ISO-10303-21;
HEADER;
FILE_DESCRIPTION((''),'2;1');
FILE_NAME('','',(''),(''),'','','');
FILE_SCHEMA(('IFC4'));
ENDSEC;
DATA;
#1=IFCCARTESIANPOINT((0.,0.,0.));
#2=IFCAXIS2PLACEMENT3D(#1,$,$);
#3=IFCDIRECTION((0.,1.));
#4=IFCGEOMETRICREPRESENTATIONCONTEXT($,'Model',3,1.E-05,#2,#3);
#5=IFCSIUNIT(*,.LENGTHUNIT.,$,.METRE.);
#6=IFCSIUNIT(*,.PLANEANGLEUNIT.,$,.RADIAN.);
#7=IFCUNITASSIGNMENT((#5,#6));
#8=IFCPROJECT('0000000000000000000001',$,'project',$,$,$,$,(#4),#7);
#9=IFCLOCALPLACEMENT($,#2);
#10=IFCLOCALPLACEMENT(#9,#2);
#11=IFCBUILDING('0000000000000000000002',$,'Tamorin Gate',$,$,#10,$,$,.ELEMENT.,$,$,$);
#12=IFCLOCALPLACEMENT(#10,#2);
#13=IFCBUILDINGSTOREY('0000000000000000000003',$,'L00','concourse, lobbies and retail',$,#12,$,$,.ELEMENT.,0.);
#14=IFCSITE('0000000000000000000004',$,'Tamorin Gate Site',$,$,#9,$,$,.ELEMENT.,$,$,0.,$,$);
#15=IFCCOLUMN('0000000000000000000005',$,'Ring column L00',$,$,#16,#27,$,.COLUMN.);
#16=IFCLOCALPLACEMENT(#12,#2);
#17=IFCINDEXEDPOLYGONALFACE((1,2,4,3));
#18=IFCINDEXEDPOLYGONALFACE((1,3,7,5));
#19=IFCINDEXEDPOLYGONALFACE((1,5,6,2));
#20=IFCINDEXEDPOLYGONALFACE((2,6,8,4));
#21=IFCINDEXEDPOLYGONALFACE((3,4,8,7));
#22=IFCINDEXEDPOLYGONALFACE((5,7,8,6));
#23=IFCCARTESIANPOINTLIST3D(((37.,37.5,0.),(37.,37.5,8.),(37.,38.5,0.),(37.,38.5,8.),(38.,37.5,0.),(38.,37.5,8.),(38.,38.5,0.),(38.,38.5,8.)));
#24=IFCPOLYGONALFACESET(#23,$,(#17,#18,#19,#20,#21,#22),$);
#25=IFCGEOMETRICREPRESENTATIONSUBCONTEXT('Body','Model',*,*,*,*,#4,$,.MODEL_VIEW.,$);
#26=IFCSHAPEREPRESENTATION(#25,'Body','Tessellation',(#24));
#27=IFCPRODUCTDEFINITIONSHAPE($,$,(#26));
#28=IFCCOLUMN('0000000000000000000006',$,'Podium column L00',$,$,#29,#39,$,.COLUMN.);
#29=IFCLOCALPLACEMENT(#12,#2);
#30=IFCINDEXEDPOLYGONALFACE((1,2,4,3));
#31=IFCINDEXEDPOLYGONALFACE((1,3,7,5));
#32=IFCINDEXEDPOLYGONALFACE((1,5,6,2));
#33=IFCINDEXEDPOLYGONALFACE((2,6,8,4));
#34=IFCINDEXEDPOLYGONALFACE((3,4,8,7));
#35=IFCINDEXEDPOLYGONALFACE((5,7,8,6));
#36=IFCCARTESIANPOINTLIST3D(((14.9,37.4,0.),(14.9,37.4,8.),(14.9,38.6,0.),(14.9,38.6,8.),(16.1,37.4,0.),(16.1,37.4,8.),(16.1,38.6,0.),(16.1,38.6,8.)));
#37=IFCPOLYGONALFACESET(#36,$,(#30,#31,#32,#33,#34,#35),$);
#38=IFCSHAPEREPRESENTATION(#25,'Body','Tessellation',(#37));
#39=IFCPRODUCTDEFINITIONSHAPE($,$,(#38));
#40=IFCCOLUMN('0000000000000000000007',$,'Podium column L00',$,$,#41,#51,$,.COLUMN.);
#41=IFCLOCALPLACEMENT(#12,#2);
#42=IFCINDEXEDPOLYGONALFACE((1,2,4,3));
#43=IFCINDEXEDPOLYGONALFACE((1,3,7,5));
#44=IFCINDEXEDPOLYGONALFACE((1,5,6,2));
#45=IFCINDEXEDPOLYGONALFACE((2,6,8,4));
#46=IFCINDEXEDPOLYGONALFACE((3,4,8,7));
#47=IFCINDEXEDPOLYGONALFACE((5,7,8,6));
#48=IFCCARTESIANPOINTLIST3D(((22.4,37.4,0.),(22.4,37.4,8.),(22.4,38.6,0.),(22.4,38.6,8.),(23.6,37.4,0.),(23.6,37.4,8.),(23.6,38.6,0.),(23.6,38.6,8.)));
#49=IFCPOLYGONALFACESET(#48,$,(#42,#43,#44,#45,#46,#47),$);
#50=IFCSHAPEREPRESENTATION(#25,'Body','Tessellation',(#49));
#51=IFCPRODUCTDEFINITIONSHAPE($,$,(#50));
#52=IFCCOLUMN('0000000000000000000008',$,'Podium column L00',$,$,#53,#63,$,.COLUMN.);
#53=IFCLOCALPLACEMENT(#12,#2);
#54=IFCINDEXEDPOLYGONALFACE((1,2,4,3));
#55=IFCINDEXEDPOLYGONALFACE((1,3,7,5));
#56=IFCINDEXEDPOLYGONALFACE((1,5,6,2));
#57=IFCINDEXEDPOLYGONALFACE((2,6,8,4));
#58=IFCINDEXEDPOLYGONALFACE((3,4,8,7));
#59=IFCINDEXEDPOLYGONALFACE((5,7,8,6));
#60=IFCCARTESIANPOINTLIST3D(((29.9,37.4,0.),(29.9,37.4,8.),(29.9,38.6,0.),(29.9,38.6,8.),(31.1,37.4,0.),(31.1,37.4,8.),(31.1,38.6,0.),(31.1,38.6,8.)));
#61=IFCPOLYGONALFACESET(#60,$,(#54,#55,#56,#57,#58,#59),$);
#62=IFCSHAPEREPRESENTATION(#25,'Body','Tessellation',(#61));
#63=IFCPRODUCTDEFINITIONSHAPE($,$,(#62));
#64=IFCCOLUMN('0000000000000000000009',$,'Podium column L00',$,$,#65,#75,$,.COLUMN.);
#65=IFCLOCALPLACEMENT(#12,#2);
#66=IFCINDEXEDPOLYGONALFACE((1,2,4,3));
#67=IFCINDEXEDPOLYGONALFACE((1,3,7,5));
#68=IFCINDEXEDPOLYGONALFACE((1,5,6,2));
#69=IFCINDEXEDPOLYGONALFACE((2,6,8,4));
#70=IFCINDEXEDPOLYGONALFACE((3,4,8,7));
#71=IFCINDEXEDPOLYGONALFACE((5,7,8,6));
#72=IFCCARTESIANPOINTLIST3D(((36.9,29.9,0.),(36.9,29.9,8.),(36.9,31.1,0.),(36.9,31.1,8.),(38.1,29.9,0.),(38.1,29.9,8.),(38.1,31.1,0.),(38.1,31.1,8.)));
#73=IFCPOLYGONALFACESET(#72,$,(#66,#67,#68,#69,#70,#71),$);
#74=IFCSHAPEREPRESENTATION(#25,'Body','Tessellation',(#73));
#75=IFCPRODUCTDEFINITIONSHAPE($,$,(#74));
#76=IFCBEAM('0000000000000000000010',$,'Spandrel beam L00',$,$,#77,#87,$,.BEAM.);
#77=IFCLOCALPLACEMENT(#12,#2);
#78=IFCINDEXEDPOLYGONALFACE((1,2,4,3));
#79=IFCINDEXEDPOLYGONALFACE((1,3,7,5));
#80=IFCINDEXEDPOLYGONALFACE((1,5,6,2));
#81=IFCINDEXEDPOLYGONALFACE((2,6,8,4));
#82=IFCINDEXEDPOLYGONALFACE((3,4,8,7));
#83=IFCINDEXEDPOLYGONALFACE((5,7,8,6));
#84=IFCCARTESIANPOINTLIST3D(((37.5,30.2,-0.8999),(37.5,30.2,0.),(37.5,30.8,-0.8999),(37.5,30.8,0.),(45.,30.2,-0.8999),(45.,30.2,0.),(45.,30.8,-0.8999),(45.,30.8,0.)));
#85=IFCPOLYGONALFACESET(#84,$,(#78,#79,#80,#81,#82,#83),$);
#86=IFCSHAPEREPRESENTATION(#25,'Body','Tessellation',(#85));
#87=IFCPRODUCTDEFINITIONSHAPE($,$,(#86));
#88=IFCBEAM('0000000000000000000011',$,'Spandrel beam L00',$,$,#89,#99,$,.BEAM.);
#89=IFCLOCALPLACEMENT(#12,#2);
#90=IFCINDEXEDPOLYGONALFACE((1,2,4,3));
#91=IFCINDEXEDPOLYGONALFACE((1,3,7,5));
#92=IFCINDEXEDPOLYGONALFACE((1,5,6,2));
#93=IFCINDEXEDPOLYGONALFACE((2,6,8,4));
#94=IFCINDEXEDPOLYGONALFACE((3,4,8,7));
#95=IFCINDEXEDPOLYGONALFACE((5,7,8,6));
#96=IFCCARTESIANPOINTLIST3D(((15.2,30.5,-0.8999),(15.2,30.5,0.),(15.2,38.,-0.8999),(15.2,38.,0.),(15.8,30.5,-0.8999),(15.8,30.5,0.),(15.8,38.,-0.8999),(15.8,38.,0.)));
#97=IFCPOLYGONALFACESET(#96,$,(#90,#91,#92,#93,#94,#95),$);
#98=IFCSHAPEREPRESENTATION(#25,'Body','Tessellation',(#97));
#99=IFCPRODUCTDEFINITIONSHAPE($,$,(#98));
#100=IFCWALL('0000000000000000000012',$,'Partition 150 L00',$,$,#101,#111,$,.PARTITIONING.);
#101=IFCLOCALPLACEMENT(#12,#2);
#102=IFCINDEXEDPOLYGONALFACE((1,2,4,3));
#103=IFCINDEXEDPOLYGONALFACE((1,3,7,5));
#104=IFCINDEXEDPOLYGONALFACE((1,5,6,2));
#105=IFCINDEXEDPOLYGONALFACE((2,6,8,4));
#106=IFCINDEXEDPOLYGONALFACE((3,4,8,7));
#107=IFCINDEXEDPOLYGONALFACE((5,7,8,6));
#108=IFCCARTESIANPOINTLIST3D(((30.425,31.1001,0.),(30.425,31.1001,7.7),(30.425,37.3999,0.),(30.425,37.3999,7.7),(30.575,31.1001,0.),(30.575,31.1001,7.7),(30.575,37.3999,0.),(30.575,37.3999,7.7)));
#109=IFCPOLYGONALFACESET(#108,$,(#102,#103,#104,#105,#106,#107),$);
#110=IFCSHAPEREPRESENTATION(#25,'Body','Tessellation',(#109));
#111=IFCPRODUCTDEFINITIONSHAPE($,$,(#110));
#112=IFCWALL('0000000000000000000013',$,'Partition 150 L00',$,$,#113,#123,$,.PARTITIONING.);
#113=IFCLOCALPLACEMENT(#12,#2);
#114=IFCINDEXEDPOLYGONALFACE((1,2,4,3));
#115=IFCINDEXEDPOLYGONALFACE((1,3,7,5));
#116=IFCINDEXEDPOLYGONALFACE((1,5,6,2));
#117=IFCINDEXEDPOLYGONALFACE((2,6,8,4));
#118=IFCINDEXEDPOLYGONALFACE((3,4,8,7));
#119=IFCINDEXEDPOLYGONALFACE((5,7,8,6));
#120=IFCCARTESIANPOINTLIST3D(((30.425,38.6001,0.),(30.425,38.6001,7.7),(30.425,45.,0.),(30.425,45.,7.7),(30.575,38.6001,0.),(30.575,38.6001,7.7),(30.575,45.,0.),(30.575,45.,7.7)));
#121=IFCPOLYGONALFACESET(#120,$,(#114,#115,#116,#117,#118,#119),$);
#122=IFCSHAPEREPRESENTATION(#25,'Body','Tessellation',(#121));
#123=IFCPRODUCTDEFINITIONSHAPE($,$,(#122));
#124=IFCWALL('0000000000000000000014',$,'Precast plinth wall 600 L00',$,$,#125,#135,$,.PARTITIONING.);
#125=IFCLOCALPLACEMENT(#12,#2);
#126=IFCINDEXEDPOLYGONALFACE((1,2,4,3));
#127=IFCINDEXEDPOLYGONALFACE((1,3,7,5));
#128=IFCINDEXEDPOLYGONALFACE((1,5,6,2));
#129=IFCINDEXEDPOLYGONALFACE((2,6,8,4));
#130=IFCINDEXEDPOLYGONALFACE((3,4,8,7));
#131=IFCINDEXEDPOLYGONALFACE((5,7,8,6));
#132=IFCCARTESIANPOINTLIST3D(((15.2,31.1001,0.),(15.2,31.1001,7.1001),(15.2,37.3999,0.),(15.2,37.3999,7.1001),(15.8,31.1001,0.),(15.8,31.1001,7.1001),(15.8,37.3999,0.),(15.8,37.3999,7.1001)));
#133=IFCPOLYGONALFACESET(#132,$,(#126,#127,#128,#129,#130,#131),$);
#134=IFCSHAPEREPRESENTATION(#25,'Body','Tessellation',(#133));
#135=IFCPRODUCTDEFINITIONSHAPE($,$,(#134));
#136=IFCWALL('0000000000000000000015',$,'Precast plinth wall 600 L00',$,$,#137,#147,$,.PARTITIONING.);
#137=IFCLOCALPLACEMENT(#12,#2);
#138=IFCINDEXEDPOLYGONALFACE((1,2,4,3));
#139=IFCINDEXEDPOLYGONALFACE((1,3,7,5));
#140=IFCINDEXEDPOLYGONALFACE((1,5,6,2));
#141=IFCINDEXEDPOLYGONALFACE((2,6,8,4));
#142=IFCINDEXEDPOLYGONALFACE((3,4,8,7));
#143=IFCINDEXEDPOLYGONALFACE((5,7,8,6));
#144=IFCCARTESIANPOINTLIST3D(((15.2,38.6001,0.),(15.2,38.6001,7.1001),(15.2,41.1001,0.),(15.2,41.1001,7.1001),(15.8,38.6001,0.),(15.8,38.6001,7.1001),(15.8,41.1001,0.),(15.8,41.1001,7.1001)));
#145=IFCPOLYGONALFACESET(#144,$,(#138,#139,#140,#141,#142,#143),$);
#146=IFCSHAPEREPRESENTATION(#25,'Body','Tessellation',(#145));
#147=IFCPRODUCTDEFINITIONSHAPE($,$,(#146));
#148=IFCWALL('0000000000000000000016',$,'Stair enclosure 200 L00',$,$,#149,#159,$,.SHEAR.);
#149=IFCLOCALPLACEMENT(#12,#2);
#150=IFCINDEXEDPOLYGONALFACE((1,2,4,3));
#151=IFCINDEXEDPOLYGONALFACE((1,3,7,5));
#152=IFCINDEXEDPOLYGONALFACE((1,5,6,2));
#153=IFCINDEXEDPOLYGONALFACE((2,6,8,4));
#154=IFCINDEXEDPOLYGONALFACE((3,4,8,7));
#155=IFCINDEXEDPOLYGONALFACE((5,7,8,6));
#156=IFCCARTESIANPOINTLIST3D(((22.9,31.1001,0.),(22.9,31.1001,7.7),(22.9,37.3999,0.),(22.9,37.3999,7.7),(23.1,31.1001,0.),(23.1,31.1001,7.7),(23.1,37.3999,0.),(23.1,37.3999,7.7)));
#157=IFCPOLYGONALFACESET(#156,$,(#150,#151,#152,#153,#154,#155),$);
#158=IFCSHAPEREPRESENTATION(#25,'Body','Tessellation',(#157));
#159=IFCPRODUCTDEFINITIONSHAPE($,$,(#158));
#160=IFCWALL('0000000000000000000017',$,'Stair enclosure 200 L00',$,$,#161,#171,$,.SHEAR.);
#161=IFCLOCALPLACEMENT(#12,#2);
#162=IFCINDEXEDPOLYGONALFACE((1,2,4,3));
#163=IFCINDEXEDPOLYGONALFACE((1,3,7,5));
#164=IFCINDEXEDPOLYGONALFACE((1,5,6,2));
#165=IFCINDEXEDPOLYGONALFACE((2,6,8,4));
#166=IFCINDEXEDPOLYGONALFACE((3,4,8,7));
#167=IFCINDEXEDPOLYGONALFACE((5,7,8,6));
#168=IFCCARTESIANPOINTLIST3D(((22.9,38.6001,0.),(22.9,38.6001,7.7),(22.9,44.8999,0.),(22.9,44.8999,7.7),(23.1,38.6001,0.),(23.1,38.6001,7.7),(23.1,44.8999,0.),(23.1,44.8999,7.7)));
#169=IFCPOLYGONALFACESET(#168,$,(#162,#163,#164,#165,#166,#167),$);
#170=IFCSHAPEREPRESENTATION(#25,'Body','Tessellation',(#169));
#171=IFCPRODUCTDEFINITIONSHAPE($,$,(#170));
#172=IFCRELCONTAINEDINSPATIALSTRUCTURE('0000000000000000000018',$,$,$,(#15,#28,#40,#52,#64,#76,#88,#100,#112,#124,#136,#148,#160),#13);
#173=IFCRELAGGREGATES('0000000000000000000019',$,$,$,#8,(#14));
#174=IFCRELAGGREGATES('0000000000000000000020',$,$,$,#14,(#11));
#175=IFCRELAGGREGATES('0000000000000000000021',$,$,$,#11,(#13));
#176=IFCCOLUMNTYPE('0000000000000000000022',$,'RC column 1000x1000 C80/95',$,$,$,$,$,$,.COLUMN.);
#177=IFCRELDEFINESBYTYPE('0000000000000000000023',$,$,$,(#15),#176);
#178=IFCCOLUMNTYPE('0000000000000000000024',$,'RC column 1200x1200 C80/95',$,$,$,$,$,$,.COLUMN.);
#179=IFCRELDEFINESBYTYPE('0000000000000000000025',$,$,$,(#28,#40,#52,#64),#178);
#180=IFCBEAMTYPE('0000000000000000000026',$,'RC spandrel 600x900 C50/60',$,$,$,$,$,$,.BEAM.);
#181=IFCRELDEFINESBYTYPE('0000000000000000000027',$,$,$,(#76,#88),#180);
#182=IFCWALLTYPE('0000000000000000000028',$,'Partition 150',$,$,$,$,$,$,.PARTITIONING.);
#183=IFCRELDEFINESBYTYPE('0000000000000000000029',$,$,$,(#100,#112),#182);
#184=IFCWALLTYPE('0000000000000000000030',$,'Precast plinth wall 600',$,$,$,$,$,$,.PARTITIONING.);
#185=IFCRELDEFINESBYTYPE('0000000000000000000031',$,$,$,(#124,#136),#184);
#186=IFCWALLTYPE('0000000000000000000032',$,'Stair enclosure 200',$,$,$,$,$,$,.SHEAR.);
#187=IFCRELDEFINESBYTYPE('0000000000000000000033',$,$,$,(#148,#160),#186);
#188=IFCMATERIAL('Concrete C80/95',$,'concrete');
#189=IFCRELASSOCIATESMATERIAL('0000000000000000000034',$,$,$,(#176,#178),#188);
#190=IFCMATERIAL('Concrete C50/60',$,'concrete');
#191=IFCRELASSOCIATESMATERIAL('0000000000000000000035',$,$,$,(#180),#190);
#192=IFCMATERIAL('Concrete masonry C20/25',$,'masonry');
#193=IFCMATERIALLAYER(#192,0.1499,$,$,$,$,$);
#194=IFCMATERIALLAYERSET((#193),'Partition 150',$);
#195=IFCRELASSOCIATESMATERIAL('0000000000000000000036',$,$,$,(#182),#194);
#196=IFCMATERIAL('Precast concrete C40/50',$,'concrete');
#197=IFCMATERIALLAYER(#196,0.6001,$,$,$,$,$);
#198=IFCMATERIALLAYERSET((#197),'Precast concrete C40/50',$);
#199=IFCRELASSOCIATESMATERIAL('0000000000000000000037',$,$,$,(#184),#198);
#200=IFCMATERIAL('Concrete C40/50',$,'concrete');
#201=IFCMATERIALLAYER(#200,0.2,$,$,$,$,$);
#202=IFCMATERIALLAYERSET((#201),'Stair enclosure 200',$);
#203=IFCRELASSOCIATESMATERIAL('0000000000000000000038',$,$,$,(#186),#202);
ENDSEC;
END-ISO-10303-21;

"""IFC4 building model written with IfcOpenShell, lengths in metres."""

from ifc_helpers import new_model, si_unit, direction, frame, frame_2d, origin, origin_2d, place, context, subcontext, project, spatial, rectangle, extrude, material, layer, layer_set, material_profile, profile_set, type_object, element, save


model = new_model("IFC4")

# Units and contexts
model_context = context("Model", 3, precision=1e-05, world=origin(), true_north=direction((0.0, 1.0)))
body_context = subcontext(model_context, "Body", "Model", "MODEL_VIEW")
ifc_project = project(units=[si_unit("LENGTHUNIT", "METRE"), si_unit("PLANEANGLEUNIT", "RADIAN")], contexts=[model_context])

# Site, building, storey
site_placement = place(None, origin())
site = spatial("IfcSite", under=ifc_project, at=site_placement, Name="Tamorin Gate Site", CompositionType="ELEMENT", RefElevation=0.0)
building_placement = place(site_placement, origin())
building = spatial("IfcBuilding", under=site, at=building_placement, Name="Tamorin Gate", CompositionType="ELEMENT")
storey_placement = place(building_placement, origin())
storey = spatial("IfcBuildingStorey", under=building, at=storey_placement, Name="L00", Description="concourse, lobbies and retail", CompositionType="ELEMENT", Elevation=0.0)

# Columns
ifc_material_1 = material(Name="Concrete C80/95", Category="concrete")
ifc_material_profile_1 = material_profile(ifc_material_1, rectangle(XDim=1.0, YDim=1.0, at=origin_2d()), Name="RC 1000x1000")
ifc_profile_set_1 = profile_set([ifc_material_profile_1], Name="Concrete C80/95")
column_type_1 = type_object("IfcColumnType", Name="RC column 1000x1000 C80/95", PredefinedType="COLUMN", material=ifc_profile_set_1)
column_placement = place(storey_placement, frame((37.5, 38.0, 0.0), z_axis=(0.0, 0.0, 1.0), x_axis=(1.0, 0.0, 0.0)))
element("IfcColumn", 1, at=column_placement, inside=storey, type_object=column_type_1, Name="Ring column L00", PredefinedType="COLUMN", context=body_context, shape_type="SweptSolid", body=[
    extrude(rectangle(XDim=1.0, YDim=1.0, at=origin_2d()), origin(), (0.0, 0.0, 1.0), 8.0),
])
ifc_material_profile_2 = material_profile(ifc_material_1, rectangle(XDim=1.2, YDim=1.2, at=origin_2d()), Name="RC 1200x1200")
ifc_profile_set_2 = profile_set([ifc_material_profile_2], Name="Concrete C80/95")
column_type_2 = type_object("IfcColumnType", Name="RC column 1200x1200 C80/95", PredefinedType="COLUMN", material=ifc_profile_set_2)
for number, where, z_axis, x_axis, name in (
    (2, (15.5, 38.0, 0.0), (0.0, 0.0, 1.0), (1.0, 0.0, 0.0), "Podium column L00"),
    (3, (23.0, 38.0, 0.0), (0.0, 0.0, 1.0), (1.0, 0.0, 0.0), "Podium column L00"),
    (4, (30.5, 38.0, 0.0), (0.0, 0.0, 1.0), (1.0, 0.0, 0.0), "Podium column L00"),
    (5, (37.5, 30.5, 0.0), (0.0, 0.0, 1.0), (1.0, 0.0, 0.0), "Podium column L00"),
):
    element("IfcColumn", number, at=place(storey_placement, frame(where, z_axis=z_axis, x_axis=x_axis)), inside=storey, type_object=column_type_2, Name=name, PredefinedType="COLUMN", context=body_context, shape_type="SweptSolid", body=[
        extrude(rectangle(XDim=1.2, YDim=1.2, at=origin_2d()), origin(), (0.0, 0.0, 1.0), 8.0),
    ])

# Beams
ifc_material_2 = material(Name="Concrete C50/60", Category="concrete")
ifc_material_profile_3 = material_profile(ifc_material_2, rectangle(XDim=0.6001, YDim=0.8999, at=origin_2d()), Name="RC 600x900")
ifc_profile_set_3 = profile_set([ifc_material_profile_3], Name="Concrete C50/60")
beam_type = type_object("IfcBeamType", Name="RC spandrel 600x900 C50/60", PredefinedType="BEAM", material=ifc_profile_set_3)
for number, where, z_axis, x_axis, name in (
    (6, (37.5, 30.5, -0.45), (1.0, 0.0, 0.0), (0.0, 1.0, 0.0), "Spandrel beam L00"),
    (7, (15.5, 38.0, -0.45), (0.0, -1.0, 0.0), (1.0, 0.0, 0.0), "Spandrel beam L00"),
):
    element("IfcBeam", number, at=place(storey_placement, frame(where, z_axis=z_axis, x_axis=x_axis)), inside=storey, type_object=beam_type, Name=name, PredefinedType="BEAM", context=body_context, shape_type="SweptSolid", body=[
        extrude(rectangle(XDim=0.6001, YDim=0.8999, at=origin_2d()), origin(), (0.0, 0.0, 1.0), 7.5),
    ])

# Walls
ifc_material_3 = material(Name="Concrete masonry C20/25", Category="masonry")
ifc_layer_1 = layer(ifc_material_3, 0.1499)
ifc_layer_set_1 = layer_set([ifc_layer_1], Name="Partition 150")
wall_type_1 = type_object("IfcWallType", Name="Partition 150", PredefinedType="PARTITIONING", material=ifc_layer_set_1)
wall_1_placement = place(storey_placement, frame((30.5, 31.1001, 0.0), z_axis=(0.0, 0.0, 1.0), x_axis=(0.0, 1.0, 0.0)))
element("IfcWall", 8, at=wall_1_placement, inside=storey, type_object=wall_type_1, Name="Partition 150 L00", PredefinedType="PARTITIONING", context=body_context, shape_type="SweptSolid", body=[
    extrude(rectangle(XDim=6.2998, YDim=0.1499, at=frame_2d((3.1499, 0.0))), origin(), (0.0, 0.0, 1.0), 7.7),
])
wall_2_placement = place(storey_placement, frame((30.5, 38.6001, 0.0), z_axis=(0.0, 0.0, 1.0), x_axis=(0.0, 1.0, 0.0)))
element("IfcWall", 9, at=wall_2_placement, inside=storey, type_object=wall_type_1, Name="Partition 150 L00", PredefinedType="PARTITIONING", context=body_context, shape_type="SweptSolid", body=[
    extrude(rectangle(XDim=6.3999, YDim=0.1499, at=frame_2d((3.2, 0.0))), origin(), (0.0, 0.0, 1.0), 7.7),
])
ifc_material_4 = material(Name="Precast concrete C40/50", Category="concrete")
ifc_layer_2 = layer(ifc_material_4, 0.6001)
ifc_layer_set_2 = layer_set([ifc_layer_2], Name="Precast concrete C40/50")
wall_type_2 = type_object("IfcWallType", Name="Precast plinth wall 600", PredefinedType="PARTITIONING", material=ifc_layer_set_2)
wall_3_placement = place(storey_placement, frame((15.5, 31.1001, 0.0), z_axis=(0.0, 0.0, 1.0), x_axis=(0.0, 1.0, 0.0)))
element("IfcWall", 10, at=wall_3_placement, inside=storey, type_object=wall_type_2, Name="Precast plinth wall 600 L00", PredefinedType="PARTITIONING", context=body_context, shape_type="SweptSolid", body=[
    extrude(rectangle(XDim=6.2998, YDim=0.6001, at=frame_2d((3.1499, 0.0))), origin(), (0.0, 0.0, 1.0), 7.1001),
])
wall_4_placement = place(storey_placement, frame((15.5, 38.6001, 0.0), z_axis=(0.0, 0.0, 1.0), x_axis=(0.0, 1.0, 0.0)))
element("IfcWall", 11, at=wall_4_placement, inside=storey, type_object=wall_type_2, Name="Precast plinth wall 600 L00", PredefinedType="PARTITIONING", context=body_context, shape_type="SweptSolid", body=[
    extrude(rectangle(XDim=2.5, YDim=0.6001, at=frame_2d((1.25, 0.0))), origin(), (0.0, 0.0, 1.0), 7.1001),
])
ifc_material_5 = material(Name="Concrete C40/50", Category="concrete")
ifc_layer_3 = layer(ifc_material_5, 0.2)
ifc_layer_set_3 = layer_set([ifc_layer_3], Name="Stair enclosure 200")
wall_type_3 = type_object("IfcWallType", Name="Stair enclosure 200", PredefinedType="SHEAR", material=ifc_layer_set_3)
for number, where, z_axis, x_axis, name in (
    (12, (23.0, 31.1001, 0.0), (0.0, 0.0, 1.0), (0.0, 1.0, 0.0), "Stair enclosure 200 L00"),
    (13, (23.0, 38.6001, 0.0), (0.0, 0.0, 1.0), (0.0, 1.0, 0.0), "Stair enclosure 200 L00"),
):
    element("IfcWall", number, at=place(storey_placement, frame(where, z_axis=z_axis, x_axis=x_axis)), inside=storey, type_object=wall_type_3, Name=name, PredefinedType="SHEAR", context=body_context, shape_type="SweptSolid", body=[
        extrude(rectangle(XDim=6.2998, YDim=0.2, at=frame_2d((3.1499, 0.0))), origin(), (0.0, 0.0, 1.0), 7.7),
    ])

save(model, "model.ifc")
